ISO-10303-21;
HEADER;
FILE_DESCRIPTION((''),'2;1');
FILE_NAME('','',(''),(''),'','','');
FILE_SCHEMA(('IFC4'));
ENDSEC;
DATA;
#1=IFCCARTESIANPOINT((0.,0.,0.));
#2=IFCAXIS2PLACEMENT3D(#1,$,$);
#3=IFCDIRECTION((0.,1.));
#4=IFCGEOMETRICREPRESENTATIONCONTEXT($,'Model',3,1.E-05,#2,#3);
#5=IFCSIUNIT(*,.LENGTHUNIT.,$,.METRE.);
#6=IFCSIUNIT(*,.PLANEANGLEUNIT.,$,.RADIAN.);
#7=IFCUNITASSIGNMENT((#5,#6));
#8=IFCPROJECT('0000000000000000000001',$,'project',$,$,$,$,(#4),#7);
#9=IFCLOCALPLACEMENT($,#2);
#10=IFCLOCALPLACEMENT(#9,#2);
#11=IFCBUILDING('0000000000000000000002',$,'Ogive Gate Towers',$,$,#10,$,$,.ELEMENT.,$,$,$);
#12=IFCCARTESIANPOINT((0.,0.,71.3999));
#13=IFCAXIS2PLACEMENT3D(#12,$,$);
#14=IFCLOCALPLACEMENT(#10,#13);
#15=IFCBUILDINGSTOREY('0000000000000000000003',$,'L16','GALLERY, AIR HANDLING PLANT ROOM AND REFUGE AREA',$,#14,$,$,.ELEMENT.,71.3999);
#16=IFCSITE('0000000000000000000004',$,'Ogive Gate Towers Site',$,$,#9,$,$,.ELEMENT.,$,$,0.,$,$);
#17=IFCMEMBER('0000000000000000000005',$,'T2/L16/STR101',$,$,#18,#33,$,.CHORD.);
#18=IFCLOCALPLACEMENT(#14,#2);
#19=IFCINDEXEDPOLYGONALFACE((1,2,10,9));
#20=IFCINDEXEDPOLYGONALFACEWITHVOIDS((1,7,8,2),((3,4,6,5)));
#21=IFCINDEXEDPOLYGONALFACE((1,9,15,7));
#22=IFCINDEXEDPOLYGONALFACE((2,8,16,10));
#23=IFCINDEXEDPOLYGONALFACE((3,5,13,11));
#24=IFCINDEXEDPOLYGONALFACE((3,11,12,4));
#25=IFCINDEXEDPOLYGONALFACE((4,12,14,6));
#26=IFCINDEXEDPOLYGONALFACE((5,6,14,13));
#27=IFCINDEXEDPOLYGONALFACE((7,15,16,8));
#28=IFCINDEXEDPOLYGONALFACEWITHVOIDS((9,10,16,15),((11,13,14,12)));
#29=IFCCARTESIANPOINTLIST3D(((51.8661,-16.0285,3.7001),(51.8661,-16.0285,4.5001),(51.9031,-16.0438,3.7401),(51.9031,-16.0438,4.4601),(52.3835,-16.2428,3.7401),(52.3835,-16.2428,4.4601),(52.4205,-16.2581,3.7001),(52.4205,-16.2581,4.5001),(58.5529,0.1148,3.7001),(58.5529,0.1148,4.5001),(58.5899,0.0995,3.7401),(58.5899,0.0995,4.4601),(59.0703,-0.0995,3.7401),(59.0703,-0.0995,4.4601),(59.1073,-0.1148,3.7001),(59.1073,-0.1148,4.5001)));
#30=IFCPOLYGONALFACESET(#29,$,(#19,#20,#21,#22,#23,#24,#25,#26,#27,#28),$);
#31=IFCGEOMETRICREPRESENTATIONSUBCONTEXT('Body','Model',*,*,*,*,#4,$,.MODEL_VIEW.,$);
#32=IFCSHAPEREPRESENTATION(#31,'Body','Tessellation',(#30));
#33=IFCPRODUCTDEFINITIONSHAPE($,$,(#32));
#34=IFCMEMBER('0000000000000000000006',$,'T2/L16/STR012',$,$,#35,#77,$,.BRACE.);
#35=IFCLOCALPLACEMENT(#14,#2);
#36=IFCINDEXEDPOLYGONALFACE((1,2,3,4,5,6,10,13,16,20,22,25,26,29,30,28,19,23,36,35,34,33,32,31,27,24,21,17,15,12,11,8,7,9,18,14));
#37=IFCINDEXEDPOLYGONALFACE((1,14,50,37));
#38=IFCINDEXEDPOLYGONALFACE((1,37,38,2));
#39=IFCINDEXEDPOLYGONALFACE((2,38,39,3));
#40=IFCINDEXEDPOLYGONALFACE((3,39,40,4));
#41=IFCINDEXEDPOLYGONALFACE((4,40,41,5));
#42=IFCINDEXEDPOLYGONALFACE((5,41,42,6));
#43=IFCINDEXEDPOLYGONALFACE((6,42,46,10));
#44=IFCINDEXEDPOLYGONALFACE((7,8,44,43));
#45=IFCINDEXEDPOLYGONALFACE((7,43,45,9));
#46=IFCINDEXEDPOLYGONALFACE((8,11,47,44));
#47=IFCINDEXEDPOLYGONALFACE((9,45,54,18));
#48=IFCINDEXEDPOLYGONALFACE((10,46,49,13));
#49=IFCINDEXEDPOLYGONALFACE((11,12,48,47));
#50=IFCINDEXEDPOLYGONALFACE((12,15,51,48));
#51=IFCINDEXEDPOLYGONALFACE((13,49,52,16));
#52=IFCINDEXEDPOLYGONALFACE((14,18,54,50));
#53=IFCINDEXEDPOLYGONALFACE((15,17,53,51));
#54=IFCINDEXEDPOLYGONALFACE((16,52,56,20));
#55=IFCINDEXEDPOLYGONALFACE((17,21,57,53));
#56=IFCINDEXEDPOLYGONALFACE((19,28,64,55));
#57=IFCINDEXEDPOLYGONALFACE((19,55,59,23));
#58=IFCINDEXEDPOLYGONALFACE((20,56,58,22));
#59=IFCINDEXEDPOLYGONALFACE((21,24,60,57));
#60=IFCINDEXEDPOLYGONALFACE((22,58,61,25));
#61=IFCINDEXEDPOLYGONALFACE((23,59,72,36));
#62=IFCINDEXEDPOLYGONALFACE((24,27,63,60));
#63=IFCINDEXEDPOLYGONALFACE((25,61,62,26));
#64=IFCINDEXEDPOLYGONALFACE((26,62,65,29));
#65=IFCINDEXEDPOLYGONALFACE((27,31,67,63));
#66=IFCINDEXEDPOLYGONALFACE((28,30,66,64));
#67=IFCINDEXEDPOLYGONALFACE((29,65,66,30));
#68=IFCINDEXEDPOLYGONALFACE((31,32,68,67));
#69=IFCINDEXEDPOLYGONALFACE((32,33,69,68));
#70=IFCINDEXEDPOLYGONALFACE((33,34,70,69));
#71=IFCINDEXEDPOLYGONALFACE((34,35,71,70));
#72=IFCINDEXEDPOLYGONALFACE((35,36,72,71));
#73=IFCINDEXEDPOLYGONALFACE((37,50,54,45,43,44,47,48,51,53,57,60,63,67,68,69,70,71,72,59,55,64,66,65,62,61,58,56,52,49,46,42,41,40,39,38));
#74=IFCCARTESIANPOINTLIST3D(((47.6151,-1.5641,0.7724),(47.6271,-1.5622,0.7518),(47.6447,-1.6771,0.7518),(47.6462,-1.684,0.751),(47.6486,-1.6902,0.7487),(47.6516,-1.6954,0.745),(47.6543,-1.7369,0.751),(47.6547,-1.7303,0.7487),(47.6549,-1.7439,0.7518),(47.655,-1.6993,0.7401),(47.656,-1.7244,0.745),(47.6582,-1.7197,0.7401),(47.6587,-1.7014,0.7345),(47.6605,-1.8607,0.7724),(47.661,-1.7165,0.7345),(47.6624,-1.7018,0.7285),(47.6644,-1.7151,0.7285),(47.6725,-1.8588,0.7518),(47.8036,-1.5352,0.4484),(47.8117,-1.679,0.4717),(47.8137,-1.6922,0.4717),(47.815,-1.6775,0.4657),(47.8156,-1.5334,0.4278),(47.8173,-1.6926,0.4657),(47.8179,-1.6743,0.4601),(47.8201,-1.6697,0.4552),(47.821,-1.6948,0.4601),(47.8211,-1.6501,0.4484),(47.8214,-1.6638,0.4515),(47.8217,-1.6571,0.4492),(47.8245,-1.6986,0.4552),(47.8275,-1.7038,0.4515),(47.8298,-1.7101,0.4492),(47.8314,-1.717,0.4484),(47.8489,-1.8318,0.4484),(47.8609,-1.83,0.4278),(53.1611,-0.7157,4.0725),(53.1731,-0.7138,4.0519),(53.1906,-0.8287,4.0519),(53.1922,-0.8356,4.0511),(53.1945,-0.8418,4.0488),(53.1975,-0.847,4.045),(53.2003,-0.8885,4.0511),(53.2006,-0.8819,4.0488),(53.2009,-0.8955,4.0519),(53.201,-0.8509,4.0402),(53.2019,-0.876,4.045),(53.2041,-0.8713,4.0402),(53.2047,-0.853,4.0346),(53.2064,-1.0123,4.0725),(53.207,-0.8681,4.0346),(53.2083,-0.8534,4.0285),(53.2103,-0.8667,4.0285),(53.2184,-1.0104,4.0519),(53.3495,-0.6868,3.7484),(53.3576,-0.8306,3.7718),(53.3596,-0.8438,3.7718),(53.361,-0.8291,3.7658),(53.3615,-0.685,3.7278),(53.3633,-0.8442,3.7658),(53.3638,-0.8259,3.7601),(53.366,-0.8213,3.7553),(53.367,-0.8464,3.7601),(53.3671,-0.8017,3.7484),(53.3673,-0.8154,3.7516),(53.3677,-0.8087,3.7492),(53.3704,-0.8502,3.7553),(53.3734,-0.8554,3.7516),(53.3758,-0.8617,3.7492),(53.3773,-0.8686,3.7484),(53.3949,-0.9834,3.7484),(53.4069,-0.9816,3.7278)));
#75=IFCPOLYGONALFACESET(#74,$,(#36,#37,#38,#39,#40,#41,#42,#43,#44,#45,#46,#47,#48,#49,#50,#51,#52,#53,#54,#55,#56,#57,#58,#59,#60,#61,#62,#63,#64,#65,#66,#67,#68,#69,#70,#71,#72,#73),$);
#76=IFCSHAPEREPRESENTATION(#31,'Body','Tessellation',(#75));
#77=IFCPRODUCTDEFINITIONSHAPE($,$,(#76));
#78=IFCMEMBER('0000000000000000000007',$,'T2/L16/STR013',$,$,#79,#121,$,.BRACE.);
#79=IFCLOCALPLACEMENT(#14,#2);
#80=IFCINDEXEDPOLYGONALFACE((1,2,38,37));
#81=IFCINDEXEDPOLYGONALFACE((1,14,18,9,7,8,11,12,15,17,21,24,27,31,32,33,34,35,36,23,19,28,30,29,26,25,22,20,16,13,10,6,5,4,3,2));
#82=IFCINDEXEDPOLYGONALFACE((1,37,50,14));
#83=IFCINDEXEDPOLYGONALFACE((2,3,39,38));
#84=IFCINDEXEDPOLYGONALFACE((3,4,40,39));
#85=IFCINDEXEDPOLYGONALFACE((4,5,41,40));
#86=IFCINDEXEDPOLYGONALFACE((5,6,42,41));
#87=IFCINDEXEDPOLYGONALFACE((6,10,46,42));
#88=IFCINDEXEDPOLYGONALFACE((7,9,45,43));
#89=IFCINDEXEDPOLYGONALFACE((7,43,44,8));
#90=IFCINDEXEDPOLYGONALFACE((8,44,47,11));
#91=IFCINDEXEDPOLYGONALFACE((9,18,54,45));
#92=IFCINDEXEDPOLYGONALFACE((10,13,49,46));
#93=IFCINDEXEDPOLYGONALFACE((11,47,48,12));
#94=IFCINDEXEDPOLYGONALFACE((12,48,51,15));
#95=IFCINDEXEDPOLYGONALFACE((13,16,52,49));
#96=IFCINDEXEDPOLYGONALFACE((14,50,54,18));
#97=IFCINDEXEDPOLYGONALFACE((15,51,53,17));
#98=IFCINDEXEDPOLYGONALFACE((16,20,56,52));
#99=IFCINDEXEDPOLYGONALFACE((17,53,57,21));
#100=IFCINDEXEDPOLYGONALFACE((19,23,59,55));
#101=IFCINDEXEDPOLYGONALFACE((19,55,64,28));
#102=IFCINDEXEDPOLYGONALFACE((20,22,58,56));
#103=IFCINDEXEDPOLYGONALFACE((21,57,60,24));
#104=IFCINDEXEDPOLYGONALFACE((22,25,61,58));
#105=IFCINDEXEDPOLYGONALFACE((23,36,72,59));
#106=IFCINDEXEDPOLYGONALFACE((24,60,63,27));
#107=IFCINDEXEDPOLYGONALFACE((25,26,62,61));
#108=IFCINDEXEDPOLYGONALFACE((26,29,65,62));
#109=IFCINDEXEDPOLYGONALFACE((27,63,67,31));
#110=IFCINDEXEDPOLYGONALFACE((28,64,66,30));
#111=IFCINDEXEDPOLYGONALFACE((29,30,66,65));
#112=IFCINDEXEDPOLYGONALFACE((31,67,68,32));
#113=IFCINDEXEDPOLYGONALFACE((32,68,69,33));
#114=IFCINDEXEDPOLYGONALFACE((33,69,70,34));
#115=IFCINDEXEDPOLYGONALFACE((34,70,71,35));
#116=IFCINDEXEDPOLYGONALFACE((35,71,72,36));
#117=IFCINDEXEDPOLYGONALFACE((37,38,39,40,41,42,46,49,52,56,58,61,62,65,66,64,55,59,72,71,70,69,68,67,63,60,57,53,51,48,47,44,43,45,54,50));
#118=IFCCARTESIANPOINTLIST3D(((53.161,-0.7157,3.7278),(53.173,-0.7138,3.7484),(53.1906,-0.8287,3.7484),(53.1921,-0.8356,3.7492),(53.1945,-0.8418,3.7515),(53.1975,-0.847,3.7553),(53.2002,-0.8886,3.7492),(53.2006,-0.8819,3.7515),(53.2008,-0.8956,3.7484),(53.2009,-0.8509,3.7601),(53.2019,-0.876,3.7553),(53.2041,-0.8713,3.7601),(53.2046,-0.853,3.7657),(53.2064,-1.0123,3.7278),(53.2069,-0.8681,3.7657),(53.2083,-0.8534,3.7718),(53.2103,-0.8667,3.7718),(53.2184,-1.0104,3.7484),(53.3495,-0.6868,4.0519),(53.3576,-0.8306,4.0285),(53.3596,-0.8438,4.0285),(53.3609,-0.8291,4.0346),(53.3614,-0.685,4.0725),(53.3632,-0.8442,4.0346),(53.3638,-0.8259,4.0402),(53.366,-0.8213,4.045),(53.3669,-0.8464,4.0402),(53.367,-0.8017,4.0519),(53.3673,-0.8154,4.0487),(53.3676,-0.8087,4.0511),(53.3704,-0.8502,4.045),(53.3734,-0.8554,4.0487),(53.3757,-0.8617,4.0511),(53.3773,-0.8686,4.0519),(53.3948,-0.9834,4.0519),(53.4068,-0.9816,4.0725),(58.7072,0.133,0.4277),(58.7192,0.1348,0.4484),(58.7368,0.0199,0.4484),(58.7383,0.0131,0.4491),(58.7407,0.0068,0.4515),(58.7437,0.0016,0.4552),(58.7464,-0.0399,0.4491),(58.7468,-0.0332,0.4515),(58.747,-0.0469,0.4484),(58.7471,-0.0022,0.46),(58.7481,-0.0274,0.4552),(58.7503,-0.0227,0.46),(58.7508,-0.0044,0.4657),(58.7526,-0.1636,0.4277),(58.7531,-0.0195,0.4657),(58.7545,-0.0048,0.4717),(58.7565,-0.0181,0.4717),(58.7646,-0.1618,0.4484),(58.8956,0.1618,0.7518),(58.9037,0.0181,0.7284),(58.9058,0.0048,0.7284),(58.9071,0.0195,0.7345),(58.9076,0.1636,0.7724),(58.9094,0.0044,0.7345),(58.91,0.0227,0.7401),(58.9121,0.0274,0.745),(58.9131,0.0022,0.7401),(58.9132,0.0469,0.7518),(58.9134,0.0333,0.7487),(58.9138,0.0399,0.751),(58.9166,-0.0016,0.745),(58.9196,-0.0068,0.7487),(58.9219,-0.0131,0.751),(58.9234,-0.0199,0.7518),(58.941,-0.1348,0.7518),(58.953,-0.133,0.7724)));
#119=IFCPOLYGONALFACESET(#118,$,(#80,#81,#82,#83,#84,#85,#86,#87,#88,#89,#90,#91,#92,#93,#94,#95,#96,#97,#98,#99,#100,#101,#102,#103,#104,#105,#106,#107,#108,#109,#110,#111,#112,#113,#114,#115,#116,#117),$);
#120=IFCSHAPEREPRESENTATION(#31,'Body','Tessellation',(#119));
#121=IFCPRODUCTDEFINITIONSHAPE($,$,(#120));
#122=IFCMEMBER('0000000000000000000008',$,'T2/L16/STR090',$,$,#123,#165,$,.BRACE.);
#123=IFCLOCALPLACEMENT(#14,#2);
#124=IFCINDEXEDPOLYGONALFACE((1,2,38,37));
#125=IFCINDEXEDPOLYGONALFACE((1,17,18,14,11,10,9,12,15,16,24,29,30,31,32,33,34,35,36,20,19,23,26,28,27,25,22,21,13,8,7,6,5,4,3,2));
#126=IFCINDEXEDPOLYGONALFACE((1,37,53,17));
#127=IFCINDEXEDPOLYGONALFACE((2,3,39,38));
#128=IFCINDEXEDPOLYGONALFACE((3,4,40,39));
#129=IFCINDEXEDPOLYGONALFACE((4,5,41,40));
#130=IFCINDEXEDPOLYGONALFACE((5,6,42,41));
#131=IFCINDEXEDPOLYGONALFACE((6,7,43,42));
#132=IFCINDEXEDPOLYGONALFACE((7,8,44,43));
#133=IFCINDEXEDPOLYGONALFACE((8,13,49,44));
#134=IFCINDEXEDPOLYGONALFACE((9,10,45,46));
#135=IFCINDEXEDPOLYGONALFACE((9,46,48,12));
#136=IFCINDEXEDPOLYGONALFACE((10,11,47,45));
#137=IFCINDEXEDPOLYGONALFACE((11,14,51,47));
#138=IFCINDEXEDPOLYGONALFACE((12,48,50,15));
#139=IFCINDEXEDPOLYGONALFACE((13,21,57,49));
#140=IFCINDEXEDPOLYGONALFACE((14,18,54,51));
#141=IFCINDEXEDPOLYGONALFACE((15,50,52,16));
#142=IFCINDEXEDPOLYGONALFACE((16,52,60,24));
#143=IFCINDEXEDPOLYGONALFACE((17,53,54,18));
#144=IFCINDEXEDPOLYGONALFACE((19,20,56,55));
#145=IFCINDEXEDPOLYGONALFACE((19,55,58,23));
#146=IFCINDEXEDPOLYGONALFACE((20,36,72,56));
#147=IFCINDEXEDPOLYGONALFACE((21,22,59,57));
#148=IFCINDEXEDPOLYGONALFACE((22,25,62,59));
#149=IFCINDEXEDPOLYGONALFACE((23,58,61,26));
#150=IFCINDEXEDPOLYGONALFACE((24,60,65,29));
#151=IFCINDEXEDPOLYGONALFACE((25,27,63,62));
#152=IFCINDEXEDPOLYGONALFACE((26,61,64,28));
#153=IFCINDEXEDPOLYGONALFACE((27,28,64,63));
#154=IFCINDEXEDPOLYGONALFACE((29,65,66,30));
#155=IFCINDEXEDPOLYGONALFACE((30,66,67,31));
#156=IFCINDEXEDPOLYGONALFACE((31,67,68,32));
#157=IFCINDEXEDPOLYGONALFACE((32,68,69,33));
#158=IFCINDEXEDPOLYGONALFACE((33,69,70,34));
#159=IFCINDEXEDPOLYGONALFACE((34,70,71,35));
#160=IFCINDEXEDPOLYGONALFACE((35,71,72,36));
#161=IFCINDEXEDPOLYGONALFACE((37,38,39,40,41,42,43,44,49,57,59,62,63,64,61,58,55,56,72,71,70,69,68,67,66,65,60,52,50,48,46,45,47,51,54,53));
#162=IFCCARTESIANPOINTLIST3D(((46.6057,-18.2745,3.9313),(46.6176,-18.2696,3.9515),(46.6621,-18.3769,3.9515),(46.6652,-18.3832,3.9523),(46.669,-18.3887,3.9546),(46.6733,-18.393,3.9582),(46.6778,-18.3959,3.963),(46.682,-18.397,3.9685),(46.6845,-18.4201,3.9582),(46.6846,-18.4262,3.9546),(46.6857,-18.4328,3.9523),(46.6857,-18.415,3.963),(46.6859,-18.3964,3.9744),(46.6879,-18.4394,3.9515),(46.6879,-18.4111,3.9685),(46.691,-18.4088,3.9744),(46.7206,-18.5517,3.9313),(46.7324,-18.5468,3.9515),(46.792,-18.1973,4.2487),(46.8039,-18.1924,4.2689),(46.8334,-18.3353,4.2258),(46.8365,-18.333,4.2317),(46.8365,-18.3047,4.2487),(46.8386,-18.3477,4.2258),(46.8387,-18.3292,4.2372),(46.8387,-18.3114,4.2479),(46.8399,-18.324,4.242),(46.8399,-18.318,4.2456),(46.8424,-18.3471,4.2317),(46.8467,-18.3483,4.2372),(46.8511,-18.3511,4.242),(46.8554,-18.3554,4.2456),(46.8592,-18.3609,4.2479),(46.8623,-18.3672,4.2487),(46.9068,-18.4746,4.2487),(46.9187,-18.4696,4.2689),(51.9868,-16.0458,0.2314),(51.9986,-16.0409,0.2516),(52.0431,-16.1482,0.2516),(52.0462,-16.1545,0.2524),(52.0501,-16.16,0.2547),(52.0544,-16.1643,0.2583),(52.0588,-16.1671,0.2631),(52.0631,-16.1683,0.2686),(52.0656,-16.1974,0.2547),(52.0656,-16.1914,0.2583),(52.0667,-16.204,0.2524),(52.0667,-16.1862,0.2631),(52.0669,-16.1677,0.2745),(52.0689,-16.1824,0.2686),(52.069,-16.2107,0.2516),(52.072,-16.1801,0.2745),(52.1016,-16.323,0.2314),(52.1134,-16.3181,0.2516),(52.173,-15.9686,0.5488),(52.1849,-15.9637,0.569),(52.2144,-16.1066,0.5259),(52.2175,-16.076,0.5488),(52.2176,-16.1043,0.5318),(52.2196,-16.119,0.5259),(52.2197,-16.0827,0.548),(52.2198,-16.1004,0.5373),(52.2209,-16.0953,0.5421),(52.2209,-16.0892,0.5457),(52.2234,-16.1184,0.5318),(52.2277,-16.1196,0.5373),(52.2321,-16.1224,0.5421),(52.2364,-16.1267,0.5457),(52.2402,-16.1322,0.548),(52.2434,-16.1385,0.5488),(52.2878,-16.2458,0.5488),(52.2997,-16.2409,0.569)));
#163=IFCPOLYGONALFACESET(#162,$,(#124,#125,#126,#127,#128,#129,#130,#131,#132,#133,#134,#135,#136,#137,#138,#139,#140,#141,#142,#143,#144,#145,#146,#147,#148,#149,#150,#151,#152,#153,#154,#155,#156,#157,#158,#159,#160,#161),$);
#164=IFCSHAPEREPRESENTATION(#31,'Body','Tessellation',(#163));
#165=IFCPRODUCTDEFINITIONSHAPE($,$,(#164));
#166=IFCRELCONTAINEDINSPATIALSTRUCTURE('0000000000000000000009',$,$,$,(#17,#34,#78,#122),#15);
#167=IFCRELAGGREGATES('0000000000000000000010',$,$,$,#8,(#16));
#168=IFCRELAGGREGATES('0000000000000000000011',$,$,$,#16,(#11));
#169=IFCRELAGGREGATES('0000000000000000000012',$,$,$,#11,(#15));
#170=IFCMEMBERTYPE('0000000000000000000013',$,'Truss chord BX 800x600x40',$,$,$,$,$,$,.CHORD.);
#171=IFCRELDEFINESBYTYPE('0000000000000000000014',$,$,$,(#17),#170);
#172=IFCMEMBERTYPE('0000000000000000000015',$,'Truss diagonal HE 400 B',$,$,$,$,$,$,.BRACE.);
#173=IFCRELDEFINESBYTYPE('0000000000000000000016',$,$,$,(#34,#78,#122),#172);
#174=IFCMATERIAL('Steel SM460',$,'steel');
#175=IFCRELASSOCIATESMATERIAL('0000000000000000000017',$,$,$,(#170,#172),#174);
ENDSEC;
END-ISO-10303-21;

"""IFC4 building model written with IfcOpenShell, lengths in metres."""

from ifc_helpers import new_model, si_unit, direction, frame, origin, origin_2d, place, context, subcontext, project, spatial, hollow_rectangle, i_section, extrude, material, material_profile, profile_set, type_object, element, save


model = new_model("IFC4")

# Units and contexts
model_context = context("Model", 3, precision=1e-05, world=origin(), true_north=direction((0.0, 1.0)))
body_context = subcontext(model_context, "Body", "Model", "MODEL_VIEW")
ifc_project = project(units=[si_unit("LENGTHUNIT", "METRE"), si_unit("PLANEANGLEUNIT", "RADIAN")], contexts=[model_context])

# Site, building, storey
site_placement = place(None, origin())
site = spatial("IfcSite", under=ifc_project, at=site_placement, Name="Ogive Gate Towers Site", CompositionType="ELEMENT", RefElevation=0.0)
building_placement = place(site_placement, origin())
building = spatial("IfcBuilding", under=site, at=building_placement, Name="Ogive Gate Towers", CompositionType="ELEMENT")
storey_placement = place(building_placement, frame((0.0, 0.0, 71.3999)))
storey = spatial("IfcBuildingStorey", under=building, at=storey_placement, Name="L16", Description="GALLERY, AIR HANDLING PLANT ROOM AND REFUGE AREA", CompositionType="ELEMENT", Elevation=71.3999)

# Shared definitions
ifc_material_1 = material(Name="Steel SM460", Category="steel")

# Members
ifc_material_profile_1 = material_profile(ifc_material_1, hollow_rectangle(XDim=0.6001, YDim=0.8, WallThickness=0.04, at=origin_2d()), Name="BX 800x600x40")
ifc_profile_set_1 = profile_set([ifc_material_profile_1], Name="Steel SM460")
member_type_1 = type_object("IfcMemberType", Name="Truss chord BX 800x600x40", PredefinedType="CHORD", material=ifc_profile_set_1)
for number, where, z_axis, x_axis, name in (
    (1, (52.1433, -16.1433, 4.1001), (0.382683, 0.92388, 0.0), (-0.92388, 0.382683, 0.0), "T2/L16/STR101"),
):
    element("IfcMember", number, at=place(storey_placement, frame(where, z_axis=z_axis, x_axis=x_axis)), inside=storey, type_object=member_type_1, Name=name, PredefinedType="CHORD", context=body_context, shape_type="SweptSolid", body=[
        extrude(hollow_rectangle(XDim=0.6001, YDim=0.8, WallThickness=0.04, at=origin_2d()), origin(), (0.0, 0.0, 1.0), 17.4734),
    ])
ifc_material_profile_2 = material_profile(ifc_material_1, i_section(OverallWidth=0.3, OverallDepth=0.3999, WebThickness=0.0134, FlangeThickness=0.0239, FilletRadius=0.0271, at=origin_2d()), Name="HE 400 B")
ifc_profile_set_2 = profile_set([ifc_material_profile_2], Name="Steel SM460")
member_type_2 = type_object("IfcMemberType", Name="Truss diagonal HE 400 B", PredefinedType="BRACE", material=ifc_profile_set_2)
member_1_placement = place(storey_placement, frame((47.738, -1.697, 0.6001), z_axis=(0.852035, 0.130341, 0.506998), x_axis=(-0.151217, 0.988501, 0.0)))
element("IfcMember", 2, at=member_1_placement, inside=storey, type_object=member_type_2, Name="T2/L16/STR012", PredefinedType="BRACE", context=body_context, shape_type="SweptSolid", body=[
    extrude(i_section(OverallWidth=0.3, OverallDepth=0.3999, WebThickness=0.0134, FlangeThickness=0.0239, FilletRadius=0.0271, at=origin_2d()), origin(), (0.0, 0.0, 1.0), 6.509),
])
member_2_placement = place(storey_placement, frame((53.2839, -0.8486, 3.9001), z_axis=(0.852042, 0.130374, -0.506979), x_axis=(-0.151253, 0.988495, 0.0)))
element("IfcMember", 3, at=member_2_placement, inside=storey, type_object=member_type_2, Name="T2/L16/STR013", PredefinedType="BRACE", context=body_context, shape_type="SweptSolid", body=[
    extrude(i_section(OverallWidth=0.3, OverallDepth=0.3999, WebThickness=0.0134, FlangeThickness=0.0239, FilletRadius=0.0271, at=origin_2d()), origin(), (0.0, 0.0, 1.0), 6.5093),
])
for number, where, z_axis, x_axis, name in (
    (4, (46.7622, -18.3721, 4.1001), (0.779843, 0.322998, -0.536206), (-0.382659, 0.92389, 0.0), "T2/L16/STR090"),
):
    element("IfcMember", number, at=place(storey_placement, frame(where, z_axis=z_axis, x_axis=x_axis)), inside=storey, type_object=member_type_2, Name=name, PredefinedType="BRACE", context=body_context, shape_type="SweptSolid", body=[
        extrude(i_section(OverallWidth=0.3, OverallDepth=0.3999, WebThickness=0.0134, FlangeThickness=0.0239, FilletRadius=0.0271, at=origin_2d()), origin(), (0.0, 0.0, 1.0), 6.9001),
    ])

save(model, "model.ifc")
